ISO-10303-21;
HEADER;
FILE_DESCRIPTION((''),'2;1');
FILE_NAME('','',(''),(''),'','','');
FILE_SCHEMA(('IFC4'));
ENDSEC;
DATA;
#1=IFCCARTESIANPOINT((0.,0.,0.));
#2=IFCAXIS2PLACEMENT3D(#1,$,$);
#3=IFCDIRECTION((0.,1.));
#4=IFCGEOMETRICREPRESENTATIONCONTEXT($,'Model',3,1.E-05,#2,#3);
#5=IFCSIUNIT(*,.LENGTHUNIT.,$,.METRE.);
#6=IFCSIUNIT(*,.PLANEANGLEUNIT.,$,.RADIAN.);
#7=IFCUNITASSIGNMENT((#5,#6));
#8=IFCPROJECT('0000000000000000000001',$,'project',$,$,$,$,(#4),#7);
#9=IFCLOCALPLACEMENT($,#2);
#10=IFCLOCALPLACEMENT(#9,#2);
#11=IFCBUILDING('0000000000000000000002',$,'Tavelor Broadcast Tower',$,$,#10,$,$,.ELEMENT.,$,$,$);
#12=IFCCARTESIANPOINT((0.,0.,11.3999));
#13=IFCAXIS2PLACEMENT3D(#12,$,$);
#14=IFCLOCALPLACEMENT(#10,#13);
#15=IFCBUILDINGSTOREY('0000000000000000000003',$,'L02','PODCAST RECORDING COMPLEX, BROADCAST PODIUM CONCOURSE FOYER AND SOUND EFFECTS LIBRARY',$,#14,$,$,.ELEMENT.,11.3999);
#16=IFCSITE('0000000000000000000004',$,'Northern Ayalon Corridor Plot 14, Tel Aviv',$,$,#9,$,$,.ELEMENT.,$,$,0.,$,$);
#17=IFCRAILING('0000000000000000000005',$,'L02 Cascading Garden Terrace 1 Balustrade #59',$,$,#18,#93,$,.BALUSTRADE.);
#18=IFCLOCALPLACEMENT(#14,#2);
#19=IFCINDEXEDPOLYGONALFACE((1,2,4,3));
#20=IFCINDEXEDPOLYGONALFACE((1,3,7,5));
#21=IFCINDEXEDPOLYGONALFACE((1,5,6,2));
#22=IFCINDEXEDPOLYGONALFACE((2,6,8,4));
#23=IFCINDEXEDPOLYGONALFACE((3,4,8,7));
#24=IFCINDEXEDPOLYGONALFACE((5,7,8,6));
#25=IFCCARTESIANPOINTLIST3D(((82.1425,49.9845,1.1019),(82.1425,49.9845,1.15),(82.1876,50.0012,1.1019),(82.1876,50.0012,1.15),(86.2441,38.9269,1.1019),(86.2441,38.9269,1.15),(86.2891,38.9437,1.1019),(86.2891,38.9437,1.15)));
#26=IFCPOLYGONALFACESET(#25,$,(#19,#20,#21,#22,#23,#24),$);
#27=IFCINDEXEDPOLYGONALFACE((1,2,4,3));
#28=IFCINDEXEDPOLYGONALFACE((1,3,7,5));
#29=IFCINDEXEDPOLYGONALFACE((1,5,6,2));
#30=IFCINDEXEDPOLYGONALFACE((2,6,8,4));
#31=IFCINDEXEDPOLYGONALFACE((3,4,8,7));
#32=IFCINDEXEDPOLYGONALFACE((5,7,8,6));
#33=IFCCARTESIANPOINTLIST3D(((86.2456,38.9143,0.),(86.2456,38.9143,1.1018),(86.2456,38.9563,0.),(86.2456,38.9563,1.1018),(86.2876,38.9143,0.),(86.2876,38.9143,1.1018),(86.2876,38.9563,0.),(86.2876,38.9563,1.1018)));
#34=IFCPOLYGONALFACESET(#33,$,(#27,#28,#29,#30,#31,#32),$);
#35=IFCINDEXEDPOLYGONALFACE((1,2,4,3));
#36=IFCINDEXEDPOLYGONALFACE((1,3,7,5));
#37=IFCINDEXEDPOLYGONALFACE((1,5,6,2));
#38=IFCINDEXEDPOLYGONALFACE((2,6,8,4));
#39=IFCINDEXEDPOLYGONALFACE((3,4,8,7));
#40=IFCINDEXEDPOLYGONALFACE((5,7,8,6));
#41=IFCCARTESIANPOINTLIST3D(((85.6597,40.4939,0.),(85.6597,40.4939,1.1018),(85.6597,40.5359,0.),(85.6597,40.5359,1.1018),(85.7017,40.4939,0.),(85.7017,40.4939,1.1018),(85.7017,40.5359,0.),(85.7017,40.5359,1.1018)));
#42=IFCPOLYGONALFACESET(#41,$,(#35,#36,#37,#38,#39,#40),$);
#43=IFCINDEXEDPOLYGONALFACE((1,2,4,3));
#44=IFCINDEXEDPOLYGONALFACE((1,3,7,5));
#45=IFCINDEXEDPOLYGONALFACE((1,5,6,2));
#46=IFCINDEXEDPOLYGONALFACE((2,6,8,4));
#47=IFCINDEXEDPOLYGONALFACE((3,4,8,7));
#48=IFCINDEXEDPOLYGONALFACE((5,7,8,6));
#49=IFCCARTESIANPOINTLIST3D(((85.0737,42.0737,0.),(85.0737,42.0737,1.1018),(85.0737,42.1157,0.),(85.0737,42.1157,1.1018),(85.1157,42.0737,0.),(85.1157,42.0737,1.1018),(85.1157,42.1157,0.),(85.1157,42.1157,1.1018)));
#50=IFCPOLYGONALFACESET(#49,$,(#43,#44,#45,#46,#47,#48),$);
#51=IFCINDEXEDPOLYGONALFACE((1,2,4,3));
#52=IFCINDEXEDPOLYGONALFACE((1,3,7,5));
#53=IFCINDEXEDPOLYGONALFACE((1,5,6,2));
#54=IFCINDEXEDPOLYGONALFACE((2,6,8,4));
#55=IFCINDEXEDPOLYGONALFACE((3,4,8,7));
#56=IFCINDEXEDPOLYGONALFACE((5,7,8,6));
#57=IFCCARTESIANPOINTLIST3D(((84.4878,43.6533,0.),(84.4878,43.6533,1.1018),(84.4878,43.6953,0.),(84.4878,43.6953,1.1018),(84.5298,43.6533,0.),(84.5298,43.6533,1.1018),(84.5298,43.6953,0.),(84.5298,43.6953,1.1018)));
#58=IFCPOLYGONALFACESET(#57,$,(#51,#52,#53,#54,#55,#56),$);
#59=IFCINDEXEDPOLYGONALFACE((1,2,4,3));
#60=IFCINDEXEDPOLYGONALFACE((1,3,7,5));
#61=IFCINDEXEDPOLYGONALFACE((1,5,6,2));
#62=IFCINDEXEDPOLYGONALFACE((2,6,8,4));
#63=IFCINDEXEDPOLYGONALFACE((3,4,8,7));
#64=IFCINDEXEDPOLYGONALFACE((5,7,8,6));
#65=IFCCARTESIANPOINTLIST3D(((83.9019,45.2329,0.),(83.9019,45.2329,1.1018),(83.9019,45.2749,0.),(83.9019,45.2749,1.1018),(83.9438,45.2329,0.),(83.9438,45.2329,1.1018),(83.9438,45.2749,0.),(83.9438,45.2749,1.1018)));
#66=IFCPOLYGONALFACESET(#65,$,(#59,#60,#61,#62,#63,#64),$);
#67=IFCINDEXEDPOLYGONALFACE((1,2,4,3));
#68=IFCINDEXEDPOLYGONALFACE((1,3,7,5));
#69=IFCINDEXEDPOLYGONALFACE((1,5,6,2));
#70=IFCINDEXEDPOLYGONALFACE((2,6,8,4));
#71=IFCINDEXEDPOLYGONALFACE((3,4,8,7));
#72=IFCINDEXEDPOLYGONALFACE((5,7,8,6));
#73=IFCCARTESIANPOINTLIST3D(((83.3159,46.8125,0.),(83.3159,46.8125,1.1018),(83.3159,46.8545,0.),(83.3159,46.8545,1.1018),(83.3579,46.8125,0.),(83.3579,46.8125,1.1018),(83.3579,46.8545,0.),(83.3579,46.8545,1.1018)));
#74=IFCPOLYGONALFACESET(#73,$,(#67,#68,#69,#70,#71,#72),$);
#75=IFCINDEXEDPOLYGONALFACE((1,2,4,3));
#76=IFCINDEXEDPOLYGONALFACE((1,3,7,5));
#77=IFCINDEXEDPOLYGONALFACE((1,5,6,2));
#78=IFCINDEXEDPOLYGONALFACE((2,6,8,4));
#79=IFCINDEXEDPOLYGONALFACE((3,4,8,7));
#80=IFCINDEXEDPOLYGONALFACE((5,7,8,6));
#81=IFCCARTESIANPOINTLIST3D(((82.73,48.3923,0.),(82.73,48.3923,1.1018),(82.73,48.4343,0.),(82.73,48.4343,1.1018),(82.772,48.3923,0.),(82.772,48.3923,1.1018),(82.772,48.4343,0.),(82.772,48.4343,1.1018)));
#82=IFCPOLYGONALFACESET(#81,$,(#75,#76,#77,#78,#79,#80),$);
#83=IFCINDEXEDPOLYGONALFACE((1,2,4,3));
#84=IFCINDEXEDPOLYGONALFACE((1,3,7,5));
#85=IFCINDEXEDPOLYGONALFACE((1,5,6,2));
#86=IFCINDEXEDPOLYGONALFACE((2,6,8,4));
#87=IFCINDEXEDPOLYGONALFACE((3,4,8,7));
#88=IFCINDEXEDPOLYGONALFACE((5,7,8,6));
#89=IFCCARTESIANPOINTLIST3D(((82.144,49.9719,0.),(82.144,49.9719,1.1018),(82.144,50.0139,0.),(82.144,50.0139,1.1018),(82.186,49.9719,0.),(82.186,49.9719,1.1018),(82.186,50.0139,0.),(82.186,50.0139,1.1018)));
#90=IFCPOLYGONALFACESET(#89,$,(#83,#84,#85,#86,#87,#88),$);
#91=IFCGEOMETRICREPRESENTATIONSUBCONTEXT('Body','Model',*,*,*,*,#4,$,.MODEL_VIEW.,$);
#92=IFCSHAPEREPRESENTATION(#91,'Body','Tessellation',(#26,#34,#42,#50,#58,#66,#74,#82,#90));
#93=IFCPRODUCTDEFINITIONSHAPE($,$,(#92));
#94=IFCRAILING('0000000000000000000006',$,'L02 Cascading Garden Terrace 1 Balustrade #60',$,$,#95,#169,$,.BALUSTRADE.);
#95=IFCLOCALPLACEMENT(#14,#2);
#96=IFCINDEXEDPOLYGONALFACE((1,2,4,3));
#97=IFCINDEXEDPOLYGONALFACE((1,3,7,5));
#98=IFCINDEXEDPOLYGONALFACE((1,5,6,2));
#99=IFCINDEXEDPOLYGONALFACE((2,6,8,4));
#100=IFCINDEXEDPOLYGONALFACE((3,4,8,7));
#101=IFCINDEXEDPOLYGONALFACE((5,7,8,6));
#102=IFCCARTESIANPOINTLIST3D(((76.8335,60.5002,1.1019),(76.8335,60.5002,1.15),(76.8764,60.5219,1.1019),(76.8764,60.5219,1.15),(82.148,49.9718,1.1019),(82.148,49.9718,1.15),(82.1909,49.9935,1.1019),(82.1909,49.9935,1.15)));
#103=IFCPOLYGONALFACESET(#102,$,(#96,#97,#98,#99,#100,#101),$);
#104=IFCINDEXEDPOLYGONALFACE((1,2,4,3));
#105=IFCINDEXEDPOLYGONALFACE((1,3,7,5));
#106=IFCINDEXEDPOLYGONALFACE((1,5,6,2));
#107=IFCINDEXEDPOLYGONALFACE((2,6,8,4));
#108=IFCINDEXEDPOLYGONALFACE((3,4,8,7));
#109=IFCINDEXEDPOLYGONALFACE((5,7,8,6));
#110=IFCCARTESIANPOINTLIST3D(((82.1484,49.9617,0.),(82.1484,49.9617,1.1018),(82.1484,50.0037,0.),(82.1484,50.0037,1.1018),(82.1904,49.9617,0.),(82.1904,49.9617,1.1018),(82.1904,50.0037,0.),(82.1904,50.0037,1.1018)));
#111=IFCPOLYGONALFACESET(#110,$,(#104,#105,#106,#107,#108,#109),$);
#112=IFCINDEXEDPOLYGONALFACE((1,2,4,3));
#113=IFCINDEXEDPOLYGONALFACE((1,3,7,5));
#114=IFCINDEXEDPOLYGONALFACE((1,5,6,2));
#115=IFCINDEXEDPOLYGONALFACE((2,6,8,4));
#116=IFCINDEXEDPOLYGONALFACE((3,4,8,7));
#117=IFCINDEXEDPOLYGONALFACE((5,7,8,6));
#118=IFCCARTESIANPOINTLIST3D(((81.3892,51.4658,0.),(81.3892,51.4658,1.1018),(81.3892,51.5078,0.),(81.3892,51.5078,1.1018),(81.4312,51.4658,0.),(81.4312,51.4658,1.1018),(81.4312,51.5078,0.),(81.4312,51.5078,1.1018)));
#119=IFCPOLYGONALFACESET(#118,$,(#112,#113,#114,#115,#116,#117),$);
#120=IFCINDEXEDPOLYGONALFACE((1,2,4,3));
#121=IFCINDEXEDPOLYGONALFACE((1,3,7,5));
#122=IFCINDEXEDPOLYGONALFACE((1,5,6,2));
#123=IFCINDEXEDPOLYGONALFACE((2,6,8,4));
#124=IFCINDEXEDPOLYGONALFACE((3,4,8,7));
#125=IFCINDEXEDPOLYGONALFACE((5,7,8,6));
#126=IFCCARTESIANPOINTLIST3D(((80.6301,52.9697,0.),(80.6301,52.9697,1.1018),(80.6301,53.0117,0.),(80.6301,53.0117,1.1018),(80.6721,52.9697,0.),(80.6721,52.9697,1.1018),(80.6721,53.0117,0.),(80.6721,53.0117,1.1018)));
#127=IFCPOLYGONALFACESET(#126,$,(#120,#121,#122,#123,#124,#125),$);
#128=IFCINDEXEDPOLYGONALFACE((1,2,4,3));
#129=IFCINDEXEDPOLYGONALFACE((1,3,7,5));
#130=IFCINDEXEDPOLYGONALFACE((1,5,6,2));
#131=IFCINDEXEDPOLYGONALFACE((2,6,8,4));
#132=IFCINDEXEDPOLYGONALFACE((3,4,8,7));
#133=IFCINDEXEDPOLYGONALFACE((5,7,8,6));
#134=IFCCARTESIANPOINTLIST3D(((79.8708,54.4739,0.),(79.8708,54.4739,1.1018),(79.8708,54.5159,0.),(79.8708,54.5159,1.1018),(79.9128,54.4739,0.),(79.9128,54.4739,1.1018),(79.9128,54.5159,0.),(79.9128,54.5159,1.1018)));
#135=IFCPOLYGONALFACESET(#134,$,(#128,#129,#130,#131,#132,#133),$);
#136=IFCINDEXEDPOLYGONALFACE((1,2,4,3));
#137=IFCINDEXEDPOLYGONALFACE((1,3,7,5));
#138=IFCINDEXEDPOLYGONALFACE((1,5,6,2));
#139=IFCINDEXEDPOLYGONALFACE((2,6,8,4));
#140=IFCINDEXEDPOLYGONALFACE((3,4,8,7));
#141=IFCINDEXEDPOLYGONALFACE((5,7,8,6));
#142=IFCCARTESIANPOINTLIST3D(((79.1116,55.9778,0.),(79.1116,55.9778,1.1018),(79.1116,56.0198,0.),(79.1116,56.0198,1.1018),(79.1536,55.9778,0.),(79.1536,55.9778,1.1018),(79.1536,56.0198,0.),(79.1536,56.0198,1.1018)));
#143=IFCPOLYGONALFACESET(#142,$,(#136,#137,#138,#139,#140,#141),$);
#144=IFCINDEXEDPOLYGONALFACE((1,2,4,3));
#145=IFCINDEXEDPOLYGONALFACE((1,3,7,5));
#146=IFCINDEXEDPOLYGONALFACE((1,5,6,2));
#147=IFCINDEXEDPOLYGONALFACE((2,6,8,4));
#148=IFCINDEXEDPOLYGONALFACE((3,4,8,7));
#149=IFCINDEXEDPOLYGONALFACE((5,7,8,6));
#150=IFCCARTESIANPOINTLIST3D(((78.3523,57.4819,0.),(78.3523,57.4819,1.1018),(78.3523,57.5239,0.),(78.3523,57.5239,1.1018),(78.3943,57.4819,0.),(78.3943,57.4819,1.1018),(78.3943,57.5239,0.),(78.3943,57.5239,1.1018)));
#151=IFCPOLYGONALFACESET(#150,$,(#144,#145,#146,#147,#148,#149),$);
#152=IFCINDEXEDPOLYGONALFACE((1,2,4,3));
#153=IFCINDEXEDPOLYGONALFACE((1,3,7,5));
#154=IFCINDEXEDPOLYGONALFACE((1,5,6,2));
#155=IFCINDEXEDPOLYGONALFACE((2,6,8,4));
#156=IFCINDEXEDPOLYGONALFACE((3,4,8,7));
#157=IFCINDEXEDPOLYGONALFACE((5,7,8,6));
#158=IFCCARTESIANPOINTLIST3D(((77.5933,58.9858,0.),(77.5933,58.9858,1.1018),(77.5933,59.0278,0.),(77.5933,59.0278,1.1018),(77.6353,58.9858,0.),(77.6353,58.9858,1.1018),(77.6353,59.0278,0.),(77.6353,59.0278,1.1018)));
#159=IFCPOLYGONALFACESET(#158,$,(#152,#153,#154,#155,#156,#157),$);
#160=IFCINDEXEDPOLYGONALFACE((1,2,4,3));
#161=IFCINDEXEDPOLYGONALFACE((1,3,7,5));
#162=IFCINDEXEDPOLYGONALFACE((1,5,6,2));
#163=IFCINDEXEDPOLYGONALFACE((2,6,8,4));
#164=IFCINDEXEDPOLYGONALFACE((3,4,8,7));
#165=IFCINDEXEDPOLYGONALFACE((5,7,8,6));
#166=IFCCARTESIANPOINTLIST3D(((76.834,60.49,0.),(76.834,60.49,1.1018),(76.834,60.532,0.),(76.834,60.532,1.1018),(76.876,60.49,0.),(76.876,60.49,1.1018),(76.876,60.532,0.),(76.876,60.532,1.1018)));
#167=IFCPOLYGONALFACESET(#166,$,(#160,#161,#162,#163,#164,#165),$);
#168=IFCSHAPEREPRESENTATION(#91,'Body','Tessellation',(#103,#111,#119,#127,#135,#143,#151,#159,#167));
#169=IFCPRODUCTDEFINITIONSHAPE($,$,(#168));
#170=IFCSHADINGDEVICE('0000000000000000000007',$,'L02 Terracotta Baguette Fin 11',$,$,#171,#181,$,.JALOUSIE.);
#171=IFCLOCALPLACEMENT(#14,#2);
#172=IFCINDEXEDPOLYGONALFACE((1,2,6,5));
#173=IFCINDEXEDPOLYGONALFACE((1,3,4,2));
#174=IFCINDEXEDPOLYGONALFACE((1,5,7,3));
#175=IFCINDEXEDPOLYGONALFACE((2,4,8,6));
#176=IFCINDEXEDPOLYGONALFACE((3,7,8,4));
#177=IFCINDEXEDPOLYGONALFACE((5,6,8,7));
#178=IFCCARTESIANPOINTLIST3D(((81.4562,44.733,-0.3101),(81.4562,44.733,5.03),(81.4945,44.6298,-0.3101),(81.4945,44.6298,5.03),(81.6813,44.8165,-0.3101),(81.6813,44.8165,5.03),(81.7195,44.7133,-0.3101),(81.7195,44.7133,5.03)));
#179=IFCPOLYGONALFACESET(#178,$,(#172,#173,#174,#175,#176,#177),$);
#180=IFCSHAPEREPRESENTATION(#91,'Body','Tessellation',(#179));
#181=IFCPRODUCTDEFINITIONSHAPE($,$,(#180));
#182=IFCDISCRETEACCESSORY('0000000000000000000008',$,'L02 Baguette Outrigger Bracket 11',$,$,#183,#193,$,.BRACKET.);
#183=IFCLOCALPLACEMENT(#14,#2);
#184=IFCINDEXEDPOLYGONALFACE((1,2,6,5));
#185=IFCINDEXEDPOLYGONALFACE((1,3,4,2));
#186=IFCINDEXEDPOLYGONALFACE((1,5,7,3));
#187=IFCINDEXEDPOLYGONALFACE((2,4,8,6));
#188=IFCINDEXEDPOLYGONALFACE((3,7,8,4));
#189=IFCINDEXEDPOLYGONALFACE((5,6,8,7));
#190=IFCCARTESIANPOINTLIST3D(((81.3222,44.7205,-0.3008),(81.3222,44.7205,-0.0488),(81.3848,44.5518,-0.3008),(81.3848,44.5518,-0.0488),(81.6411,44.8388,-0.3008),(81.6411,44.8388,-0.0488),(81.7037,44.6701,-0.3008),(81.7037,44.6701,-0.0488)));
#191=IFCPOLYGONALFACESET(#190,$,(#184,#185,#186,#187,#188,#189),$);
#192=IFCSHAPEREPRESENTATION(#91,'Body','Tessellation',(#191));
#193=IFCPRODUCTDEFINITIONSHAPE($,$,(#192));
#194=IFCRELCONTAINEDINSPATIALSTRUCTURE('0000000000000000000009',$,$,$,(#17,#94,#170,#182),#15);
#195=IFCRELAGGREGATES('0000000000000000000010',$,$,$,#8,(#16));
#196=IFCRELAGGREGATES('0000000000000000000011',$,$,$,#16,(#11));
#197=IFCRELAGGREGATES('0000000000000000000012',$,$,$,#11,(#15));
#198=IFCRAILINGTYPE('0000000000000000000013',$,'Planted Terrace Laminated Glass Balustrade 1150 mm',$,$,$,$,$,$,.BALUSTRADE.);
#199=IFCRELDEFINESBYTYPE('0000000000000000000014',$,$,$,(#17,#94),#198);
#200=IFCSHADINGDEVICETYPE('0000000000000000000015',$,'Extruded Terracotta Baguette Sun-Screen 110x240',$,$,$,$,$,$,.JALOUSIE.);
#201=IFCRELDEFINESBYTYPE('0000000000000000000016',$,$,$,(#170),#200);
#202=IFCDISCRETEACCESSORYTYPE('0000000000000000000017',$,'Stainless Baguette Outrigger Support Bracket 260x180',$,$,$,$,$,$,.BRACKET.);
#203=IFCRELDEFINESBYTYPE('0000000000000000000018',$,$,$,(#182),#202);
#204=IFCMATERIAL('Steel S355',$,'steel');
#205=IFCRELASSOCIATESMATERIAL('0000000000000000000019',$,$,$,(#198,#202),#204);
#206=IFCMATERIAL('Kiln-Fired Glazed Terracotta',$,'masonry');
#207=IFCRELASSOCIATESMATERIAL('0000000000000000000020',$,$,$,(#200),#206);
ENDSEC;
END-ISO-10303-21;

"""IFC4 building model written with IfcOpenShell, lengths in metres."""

from ifc_helpers import new_model, si_unit, direction, frame, origin, origin_2d, place, context, subcontext, project, spatial, rectangle, extrude, source, transform, mapped, material, type_object, type_shapes, element, save


model = new_model("IFC4")

# Units and contexts
model_context = context("Model", 3, precision=1e-05, world=origin(), true_north=direction((0.0, 1.0)))
body_context = subcontext(model_context, "Body", "Model", "MODEL_VIEW")
ifc_project = project(units=[si_unit("LENGTHUNIT", "METRE"), si_unit("PLANEANGLEUNIT", "RADIAN")], contexts=[model_context])

# Site, building, storey
site_placement = place(None, origin())
site = spatial("IfcSite", under=ifc_project, at=site_placement, Name="Northern Ayalon Corridor Plot 14, Tel Aviv", CompositionType="ELEMENT", RefElevation=0.0)
building_placement = place(site_placement, origin())
building = spatial("IfcBuilding", under=site, at=building_placement, Name="Tavelor Broadcast Tower", CompositionType="ELEMENT")
storey_placement = place(building_placement, frame((0.0, 0.0, 11.3999)))
storey = spatial("IfcBuildingStorey", under=building, at=storey_placement, Name="L02", Description="PODCAST RECORDING COMPLEX, BROADCAST PODIUM CONCOURSE FOYER AND SOUND EFFECTS LIBRARY", CompositionType="ELEMENT", Elevation=11.3999)

# Shared definitions
ifc_material_1 = material(Name="Steel S355", Category="steel")

# Railings
railing_type = type_object("IfcRailingType", Name="Planted Terrace Laminated Glass Balustrade 1150 mm", PredefinedType="BALUSTRADE", material=ifc_material_1)
railing_1_placement = place(storey_placement, frame((86.2666, 38.9353, 0.0)))
element("IfcRailing", 1, at=railing_1_placement, inside=storey, type_object=railing_type, Name="L02 Cascading Garden Terrace 1 Balustrade #59", PredefinedType="BALUSTRADE", context=body_context, shape_type="SweptSolid", body=[
    extrude(rectangle(XDim=0.0481, YDim=0.0481, at=origin_2d()), frame((0.0, 0.0, 1.126), z_axis=(-0.347773, 0.937579, 0.0), x_axis=(-0.937579, -0.347773, 0.0)), (0.0, 0.0, 1.0), 11.7937),
    extrude(rectangle(XDim=0.042, YDim=0.042, at=origin_2d()), origin(), (0.0, 0.0, 1.0), 1.1018),
    extrude(rectangle(XDim=0.042, YDim=0.042, at=origin_2d()), frame((-0.5859, 1.5796, 0.0)), (0.0, 0.0, 1.0), 1.1018),
    extrude(rectangle(XDim=0.042, YDim=0.042, at=origin_2d()), frame((-1.1719, 3.1594, 0.0)), (0.0, 0.0, 1.0), 1.1018),
    extrude(rectangle(XDim=0.042, YDim=0.042, at=origin_2d()), frame((-1.7578, 4.739, 0.0)), (0.0, 0.0, 1.0), 1.1018),
    extrude(rectangle(XDim=0.042, YDim=0.042, at=origin_2d()), frame((-2.3438, 6.3186, 0.0)), (0.0, 0.0, 1.0), 1.1018),
    extrude(rectangle(XDim=0.042, YDim=0.042, at=origin_2d()), frame((-2.9297, 7.8982, 0.0)), (0.0, 0.0, 1.0), 1.1018),
    extrude(rectangle(XDim=0.042, YDim=0.042, at=origin_2d()), frame((-3.5156, 9.478, 0.0)), (0.0, 0.0, 1.0), 1.1018),
    extrude(rectangle(XDim=0.042, YDim=0.042, at=origin_2d()), frame((-4.1016, 11.0576, 0.0)), (0.0, 0.0, 1.0), 1.1018),
])
railing_2_placement = place(storey_placement, frame((82.1694, 49.9827, 0.0)))
element("IfcRailing", 2, at=railing_2_placement, inside=storey, type_object=railing_type, Name="L02 Cascading Garden Terrace 1 Balustrade #60", PredefinedType="BALUSTRADE", context=body_context, shape_type="SweptSolid", body=[
    extrude(rectangle(XDim=0.0481, YDim=0.0481, at=origin_2d()), frame((0.0, 0.0, 1.126), z_axis=(-0.450622, 0.892715, 0.0), x_axis=(-0.892715, -0.450622, 0.0)), (0.0, 0.0, 1.0), 11.7937),
    extrude(rectangle(XDim=0.042, YDim=0.042, at=origin_2d()), origin(), (0.0, 0.0, 1.0), 1.1018),
    extrude(rectangle(XDim=0.042, YDim=0.042, at=origin_2d()), frame((-0.7593, 1.5042, 0.0)), (0.0, 0.0, 1.0), 1.1018),
    extrude(rectangle(XDim=0.042, YDim=0.042, at=origin_2d()), frame((-1.5183, 3.0081, 0.0)), (0.0, 0.0, 1.0), 1.1018),
    extrude(rectangle(XDim=0.042, YDim=0.042, at=origin_2d()), frame((-2.2776, 4.5122, 0.0)), (0.0, 0.0, 1.0), 1.1018),
    extrude(rectangle(XDim=0.042, YDim=0.042, at=origin_2d()), frame((-3.0369, 6.0161, 0.0)), (0.0, 0.0, 1.0), 1.1018),
    extrude(rectangle(XDim=0.042, YDim=0.042, at=origin_2d()), frame((-3.7961, 7.5203, 0.0)), (0.0, 0.0, 1.0), 1.1018),
    extrude(rectangle(XDim=0.042, YDim=0.042, at=origin_2d()), frame((-4.5552, 9.0242, 0.0)), (0.0, 0.0, 1.0), 1.1018),
    extrude(rectangle(XDim=0.042, YDim=0.042, at=origin_2d()), frame((-5.3145, 10.5283, 0.0)), (0.0, 0.0, 1.0), 1.1018),
])

# Shading device
ifc_material_2 = material(Name="Kiln-Fired Glazed Terracotta", Category="masonry")
shading_device_type = type_object("IfcShadingDeviceType", Name="Extruded Terracotta Baguette Sun-Screen 110x240", PredefinedType="JALOUSIE", material=ifc_material_2)
shared_shape_1 = source(origin(), body_context, "Body", "SweptSolid", [
    extrude(rectangle(XDim=0.1101, YDim=0.24, at=origin_2d()), origin(), (0.0, 0.0, 1.0), 5.3401),
])
type_shapes(shading_device_type, [shared_shape_1])
shading_device_placement = place(storey_placement, frame((81.5879, 44.7231, -0.3101), z_axis=(0.0, 0.0, 1.0), x_axis=(-0.347754, 0.937586, 0.0)))
element("IfcShadingDevice", 3, at=shading_device_placement, inside=storey, type_object=shading_device_type, Name="L02 Terracotta Baguette Fin 11", PredefinedType="JALOUSIE", context=body_context, shape_type="MappedRepresentation", body=[
    mapped(shared_shape_1, transform((0.0, 0.0, 0.0), scale=1.0)),
])

# Discrete accessory
discrete_accessory_type = type_object("IfcDiscreteAccessoryType", Name="Stainless Baguette Outrigger Support Bracket 260x180", PredefinedType="BRACKET", material=ifc_material_1)
shared_shape_2 = source(origin(), body_context, "Body", "SweptSolid", [
    extrude(rectangle(XDim=0.1799, YDim=0.3401, at=origin_2d()), origin(), (0.0, 0.0, 1.0), 0.252),
])
type_shapes(discrete_accessory_type, [shared_shape_2])
discrete_accessory_placement = place(storey_placement, frame((81.5129, 44.6953, -0.3008), z_axis=(0.0, 0.0, 1.0), x_axis=(-0.347754, 0.937586, 0.0)))
element("IfcDiscreteAccessory", 4, at=discrete_accessory_placement, inside=storey, type_object=discrete_accessory_type, Name="L02 Baguette Outrigger Bracket 11", PredefinedType="BRACKET", context=body_context, shape_type="MappedRepresentation", body=[
    mapped(shared_shape_2, transform((0.0, 0.0, 0.0), scale=1.0)),
])

save(model, "model.ifc")
